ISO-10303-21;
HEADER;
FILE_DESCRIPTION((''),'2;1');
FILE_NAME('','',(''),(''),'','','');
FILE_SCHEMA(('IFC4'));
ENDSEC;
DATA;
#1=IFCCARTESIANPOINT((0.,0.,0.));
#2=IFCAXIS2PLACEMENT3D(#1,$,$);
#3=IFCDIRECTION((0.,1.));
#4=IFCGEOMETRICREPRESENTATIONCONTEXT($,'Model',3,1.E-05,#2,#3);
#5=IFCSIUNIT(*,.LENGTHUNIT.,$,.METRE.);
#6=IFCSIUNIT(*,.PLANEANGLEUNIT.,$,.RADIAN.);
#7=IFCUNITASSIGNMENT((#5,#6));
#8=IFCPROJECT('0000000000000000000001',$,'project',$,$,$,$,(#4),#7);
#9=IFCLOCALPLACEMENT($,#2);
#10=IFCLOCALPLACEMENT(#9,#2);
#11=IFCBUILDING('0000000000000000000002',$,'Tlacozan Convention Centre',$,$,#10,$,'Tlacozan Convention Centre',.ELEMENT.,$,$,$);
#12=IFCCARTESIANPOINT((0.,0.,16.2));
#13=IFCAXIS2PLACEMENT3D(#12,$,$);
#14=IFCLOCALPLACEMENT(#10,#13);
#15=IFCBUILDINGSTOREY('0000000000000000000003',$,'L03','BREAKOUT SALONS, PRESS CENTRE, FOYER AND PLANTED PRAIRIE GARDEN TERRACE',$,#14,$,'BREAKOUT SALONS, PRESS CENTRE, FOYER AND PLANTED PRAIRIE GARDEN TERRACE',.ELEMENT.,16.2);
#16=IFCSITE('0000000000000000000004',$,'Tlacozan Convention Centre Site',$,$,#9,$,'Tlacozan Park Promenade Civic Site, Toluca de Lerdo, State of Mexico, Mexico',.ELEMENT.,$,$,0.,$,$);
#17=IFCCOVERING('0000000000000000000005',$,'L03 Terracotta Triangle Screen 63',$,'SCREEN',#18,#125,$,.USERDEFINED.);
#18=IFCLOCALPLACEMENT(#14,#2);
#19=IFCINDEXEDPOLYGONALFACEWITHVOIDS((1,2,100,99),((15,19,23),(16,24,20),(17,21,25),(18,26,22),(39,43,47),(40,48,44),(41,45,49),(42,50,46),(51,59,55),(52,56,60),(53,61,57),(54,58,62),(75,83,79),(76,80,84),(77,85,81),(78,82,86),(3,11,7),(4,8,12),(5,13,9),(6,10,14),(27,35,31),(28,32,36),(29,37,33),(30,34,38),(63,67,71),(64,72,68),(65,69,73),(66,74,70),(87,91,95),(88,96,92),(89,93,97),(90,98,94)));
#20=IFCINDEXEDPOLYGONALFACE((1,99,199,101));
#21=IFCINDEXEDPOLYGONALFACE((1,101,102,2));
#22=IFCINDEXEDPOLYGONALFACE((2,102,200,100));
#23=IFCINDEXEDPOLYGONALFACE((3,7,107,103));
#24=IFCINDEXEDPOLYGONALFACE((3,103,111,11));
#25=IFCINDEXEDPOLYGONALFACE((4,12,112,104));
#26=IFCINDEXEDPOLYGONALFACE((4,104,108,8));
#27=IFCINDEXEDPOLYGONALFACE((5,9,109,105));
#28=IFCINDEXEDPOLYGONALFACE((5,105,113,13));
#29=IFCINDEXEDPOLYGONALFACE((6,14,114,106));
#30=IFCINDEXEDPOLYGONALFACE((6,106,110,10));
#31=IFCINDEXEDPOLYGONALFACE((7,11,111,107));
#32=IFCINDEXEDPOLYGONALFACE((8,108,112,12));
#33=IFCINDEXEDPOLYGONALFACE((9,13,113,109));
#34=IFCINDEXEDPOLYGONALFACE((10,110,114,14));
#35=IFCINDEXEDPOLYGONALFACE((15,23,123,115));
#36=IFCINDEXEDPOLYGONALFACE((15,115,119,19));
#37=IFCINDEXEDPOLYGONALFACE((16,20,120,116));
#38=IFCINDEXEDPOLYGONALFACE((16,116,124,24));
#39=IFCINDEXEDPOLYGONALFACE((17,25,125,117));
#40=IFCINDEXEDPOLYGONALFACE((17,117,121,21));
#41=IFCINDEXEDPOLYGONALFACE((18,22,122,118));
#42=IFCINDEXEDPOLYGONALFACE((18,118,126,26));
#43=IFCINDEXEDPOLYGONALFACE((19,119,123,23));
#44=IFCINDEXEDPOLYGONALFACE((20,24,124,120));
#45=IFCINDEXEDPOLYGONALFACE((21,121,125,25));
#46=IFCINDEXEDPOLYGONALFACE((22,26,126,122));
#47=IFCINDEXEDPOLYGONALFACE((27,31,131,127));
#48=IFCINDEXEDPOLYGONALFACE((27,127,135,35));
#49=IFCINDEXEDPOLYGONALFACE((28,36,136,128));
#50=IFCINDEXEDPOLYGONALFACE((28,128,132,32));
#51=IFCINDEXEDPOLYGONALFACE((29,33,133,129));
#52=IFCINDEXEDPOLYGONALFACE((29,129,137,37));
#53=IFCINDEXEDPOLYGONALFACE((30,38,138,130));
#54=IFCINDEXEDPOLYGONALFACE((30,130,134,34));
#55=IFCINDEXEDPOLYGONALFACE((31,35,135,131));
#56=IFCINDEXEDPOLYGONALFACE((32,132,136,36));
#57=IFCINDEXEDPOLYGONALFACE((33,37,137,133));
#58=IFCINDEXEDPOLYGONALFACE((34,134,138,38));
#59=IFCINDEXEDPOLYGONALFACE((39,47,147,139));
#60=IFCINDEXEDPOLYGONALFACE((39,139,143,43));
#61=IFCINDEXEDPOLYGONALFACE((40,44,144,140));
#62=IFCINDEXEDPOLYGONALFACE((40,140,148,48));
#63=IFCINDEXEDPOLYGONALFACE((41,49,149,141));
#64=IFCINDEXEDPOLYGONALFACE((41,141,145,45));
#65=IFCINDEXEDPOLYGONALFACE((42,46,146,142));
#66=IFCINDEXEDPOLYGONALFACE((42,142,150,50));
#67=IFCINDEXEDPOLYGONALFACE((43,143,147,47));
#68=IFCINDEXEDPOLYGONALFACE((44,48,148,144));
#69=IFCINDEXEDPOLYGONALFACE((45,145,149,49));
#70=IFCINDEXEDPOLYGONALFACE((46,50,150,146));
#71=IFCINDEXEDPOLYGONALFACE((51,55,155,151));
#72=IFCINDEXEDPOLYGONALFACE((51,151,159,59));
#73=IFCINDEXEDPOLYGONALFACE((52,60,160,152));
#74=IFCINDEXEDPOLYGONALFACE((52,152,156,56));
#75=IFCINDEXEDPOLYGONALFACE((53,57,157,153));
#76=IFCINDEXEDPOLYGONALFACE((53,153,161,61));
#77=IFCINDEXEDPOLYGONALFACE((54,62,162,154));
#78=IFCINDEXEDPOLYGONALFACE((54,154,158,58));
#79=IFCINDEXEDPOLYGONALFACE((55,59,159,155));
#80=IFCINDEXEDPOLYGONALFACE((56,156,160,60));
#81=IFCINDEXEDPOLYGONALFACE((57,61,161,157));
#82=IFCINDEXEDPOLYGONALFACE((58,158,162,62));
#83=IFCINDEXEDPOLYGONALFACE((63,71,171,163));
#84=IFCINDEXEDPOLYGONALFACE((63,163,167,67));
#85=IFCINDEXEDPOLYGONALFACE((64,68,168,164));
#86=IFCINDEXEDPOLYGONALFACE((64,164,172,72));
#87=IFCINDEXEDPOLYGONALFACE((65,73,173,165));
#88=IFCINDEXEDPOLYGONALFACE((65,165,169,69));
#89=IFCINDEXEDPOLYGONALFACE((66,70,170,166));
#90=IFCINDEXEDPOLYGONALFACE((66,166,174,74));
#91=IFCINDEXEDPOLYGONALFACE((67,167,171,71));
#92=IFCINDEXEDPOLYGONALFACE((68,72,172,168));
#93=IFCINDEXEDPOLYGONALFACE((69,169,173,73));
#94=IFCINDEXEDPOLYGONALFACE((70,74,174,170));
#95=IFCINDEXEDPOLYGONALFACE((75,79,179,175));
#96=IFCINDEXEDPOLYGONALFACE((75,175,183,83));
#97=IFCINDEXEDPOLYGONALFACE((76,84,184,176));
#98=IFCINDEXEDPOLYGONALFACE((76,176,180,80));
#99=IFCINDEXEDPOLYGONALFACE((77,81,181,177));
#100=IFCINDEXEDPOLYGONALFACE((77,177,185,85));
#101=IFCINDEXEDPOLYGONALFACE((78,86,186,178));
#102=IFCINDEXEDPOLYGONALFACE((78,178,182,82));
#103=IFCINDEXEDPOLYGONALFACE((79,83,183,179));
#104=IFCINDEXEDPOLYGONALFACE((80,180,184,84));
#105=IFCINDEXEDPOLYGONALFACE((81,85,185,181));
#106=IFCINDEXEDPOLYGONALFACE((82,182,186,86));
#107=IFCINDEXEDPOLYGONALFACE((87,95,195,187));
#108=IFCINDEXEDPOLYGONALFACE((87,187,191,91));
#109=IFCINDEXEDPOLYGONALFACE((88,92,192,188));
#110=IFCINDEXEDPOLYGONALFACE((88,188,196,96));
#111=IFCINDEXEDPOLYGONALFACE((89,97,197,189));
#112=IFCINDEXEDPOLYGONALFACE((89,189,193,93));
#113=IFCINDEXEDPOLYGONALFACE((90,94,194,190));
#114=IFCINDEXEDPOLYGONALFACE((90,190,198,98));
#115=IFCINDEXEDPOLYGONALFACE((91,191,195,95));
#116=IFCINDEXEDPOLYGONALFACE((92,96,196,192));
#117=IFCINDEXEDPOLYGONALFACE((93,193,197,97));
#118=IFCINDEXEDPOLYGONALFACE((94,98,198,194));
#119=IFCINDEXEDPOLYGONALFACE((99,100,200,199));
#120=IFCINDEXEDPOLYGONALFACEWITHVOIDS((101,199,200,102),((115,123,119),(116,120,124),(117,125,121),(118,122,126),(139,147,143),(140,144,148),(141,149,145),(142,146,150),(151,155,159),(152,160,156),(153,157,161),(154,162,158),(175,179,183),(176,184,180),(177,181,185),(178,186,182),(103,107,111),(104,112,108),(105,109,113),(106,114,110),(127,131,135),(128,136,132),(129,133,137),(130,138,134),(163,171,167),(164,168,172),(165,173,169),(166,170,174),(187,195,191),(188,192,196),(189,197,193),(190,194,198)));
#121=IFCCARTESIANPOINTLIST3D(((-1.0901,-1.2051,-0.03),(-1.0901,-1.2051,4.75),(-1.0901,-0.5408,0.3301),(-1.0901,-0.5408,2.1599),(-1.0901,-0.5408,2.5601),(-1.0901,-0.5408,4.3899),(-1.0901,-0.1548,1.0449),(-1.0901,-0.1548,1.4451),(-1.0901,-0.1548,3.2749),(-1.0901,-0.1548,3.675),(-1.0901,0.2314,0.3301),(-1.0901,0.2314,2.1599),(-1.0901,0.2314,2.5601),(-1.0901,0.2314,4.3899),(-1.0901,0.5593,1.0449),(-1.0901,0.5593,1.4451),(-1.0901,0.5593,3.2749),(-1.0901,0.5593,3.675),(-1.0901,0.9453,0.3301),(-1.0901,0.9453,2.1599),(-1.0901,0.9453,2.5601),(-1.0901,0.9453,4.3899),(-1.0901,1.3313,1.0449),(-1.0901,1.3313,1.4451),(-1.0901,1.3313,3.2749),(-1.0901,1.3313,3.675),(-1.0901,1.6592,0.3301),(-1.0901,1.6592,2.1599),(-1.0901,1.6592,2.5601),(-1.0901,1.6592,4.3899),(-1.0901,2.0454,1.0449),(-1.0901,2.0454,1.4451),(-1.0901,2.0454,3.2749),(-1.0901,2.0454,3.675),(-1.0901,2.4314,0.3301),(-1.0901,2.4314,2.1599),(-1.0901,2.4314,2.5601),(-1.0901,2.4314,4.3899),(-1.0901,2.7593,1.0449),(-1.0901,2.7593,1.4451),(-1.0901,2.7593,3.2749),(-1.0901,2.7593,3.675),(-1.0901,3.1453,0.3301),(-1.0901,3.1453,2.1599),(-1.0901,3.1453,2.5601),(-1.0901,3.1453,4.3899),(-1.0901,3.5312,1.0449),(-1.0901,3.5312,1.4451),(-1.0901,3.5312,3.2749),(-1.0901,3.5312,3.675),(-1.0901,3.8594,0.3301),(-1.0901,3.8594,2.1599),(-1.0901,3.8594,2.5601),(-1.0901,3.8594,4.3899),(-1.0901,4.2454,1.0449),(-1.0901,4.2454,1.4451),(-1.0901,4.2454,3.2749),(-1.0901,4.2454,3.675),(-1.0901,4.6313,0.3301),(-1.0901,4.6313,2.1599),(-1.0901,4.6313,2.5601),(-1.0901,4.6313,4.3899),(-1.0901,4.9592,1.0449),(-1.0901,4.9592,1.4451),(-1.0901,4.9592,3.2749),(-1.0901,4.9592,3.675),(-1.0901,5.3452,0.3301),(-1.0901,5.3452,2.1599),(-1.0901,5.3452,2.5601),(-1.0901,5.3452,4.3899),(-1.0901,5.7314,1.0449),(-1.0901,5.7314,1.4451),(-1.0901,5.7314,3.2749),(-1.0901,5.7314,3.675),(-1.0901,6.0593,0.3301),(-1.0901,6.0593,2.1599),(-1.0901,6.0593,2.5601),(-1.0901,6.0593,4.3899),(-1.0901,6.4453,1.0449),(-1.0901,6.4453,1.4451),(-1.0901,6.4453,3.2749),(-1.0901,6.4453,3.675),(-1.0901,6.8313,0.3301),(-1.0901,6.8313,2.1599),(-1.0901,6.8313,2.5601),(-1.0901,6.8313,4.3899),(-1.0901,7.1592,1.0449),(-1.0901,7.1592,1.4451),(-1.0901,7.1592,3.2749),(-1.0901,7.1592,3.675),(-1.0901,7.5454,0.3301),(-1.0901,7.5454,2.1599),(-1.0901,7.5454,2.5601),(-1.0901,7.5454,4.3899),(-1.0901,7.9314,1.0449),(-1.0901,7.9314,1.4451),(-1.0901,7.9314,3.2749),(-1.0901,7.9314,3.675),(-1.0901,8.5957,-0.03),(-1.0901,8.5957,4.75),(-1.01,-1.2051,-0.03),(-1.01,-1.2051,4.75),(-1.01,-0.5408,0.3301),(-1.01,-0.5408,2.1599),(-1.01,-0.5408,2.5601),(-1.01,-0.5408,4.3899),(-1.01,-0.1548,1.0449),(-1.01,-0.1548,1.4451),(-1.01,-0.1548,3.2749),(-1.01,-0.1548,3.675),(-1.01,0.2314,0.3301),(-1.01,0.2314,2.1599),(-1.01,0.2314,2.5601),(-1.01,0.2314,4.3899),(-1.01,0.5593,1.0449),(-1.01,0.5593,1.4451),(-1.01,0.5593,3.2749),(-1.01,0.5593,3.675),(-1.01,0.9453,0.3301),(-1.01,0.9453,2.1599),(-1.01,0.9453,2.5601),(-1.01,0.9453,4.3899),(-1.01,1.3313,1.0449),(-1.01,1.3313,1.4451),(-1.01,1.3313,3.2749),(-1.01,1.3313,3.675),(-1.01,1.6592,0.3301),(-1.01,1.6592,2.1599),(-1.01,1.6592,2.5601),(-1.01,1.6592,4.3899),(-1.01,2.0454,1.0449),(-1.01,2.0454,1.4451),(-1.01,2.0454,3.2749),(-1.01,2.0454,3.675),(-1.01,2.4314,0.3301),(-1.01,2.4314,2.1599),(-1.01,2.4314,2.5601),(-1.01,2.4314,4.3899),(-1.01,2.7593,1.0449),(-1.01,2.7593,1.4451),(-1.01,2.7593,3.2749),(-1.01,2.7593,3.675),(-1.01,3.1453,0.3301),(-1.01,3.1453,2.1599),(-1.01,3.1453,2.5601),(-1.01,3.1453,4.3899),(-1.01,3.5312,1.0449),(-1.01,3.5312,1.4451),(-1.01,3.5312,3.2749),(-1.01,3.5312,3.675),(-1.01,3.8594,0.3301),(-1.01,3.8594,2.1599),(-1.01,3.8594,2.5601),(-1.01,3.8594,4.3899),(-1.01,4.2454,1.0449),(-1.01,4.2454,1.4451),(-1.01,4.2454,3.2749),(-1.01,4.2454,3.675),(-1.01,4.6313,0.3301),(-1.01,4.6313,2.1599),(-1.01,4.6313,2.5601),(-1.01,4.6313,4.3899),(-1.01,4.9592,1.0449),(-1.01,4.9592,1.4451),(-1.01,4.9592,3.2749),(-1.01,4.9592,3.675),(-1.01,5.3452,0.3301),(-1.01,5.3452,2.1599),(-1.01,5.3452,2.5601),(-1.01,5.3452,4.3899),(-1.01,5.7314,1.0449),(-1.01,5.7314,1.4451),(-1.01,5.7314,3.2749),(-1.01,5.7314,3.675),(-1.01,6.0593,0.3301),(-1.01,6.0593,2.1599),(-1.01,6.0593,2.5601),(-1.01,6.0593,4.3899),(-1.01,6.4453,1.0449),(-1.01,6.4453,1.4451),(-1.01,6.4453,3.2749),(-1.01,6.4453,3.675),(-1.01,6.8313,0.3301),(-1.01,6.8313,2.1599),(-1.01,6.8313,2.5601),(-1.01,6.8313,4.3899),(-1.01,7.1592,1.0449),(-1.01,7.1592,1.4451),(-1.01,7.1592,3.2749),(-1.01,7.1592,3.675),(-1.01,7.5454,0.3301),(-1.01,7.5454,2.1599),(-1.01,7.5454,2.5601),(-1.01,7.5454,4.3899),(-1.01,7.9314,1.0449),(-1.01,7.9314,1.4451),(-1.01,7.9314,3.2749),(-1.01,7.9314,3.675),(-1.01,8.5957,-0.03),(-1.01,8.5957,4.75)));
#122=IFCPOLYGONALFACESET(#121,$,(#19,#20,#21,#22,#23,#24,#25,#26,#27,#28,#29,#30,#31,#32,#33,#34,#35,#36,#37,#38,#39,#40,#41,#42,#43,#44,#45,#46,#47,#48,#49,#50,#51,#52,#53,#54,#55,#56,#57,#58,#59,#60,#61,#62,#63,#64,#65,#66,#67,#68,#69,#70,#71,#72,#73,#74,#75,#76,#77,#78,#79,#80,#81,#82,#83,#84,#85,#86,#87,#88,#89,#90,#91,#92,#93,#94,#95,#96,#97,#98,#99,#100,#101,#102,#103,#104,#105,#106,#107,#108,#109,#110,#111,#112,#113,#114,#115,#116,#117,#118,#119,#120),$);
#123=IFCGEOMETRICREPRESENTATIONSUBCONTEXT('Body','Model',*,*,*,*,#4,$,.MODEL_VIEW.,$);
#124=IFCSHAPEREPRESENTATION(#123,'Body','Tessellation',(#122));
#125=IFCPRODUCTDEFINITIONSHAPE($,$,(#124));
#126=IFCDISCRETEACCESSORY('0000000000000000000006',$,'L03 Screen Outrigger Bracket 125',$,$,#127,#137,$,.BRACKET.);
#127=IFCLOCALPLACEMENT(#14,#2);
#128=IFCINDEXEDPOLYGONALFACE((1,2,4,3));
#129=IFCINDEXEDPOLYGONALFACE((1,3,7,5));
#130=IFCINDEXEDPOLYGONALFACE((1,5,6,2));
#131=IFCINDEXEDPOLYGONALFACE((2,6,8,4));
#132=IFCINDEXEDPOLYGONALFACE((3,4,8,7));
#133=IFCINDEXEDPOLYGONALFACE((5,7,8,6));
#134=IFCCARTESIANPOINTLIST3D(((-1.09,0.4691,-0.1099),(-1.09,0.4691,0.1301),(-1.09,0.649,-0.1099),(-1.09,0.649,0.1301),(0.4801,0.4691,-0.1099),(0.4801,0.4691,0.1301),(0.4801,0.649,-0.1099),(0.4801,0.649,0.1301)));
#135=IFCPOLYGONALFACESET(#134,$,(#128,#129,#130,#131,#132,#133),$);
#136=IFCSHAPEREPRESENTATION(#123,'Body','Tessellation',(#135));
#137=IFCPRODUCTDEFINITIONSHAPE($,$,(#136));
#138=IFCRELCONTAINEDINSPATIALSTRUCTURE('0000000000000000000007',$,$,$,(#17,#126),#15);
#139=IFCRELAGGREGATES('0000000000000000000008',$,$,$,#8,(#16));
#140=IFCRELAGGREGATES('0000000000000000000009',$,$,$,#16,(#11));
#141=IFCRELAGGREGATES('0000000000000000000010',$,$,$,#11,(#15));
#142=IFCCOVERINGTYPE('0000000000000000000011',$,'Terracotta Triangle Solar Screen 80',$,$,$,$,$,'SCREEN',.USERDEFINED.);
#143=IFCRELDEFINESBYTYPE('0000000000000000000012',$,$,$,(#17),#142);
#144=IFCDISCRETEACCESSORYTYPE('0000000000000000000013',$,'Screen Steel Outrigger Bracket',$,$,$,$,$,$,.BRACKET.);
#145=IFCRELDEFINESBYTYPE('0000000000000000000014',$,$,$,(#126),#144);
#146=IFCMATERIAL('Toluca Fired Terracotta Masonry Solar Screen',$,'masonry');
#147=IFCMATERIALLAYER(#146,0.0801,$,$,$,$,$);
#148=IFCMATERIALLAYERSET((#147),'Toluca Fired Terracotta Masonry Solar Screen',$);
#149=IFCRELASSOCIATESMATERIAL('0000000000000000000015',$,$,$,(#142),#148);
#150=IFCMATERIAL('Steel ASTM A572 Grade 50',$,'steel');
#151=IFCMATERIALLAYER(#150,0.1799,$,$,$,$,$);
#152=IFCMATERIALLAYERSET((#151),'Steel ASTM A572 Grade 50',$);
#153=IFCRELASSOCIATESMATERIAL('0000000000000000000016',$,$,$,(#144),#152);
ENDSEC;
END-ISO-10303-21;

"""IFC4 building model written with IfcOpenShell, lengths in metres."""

from ifc_helpers import new_model, si_unit, direction, frame, origin, origin_2d, place, context, subcontext, project, spatial, polyline, rectangle, outline, extrude, material, layer, layer_set, type_object, element, save


model = new_model("IFC4")

# Units and contexts
model_context = context("Model", 3, precision=1e-05, world=origin(), true_north=direction((0.0, 1.0)))
body_context = subcontext(model_context, "Body", "Model", "MODEL_VIEW")
ifc_project = project(units=[si_unit("LENGTHUNIT", "METRE"), si_unit("PLANEANGLEUNIT", "RADIAN")], contexts=[model_context])

# Site, building, storey
site_placement = place(None, origin())
site = spatial("IfcSite", under=ifc_project, at=site_placement, Name="Tlacozan Convention Centre Site", LongName="Tlacozan Park Promenade Civic Site, Toluca de Lerdo, State of Mexico, Mexico", CompositionType="ELEMENT", RefElevation=0.0)
building_placement = place(site_placement, origin())
building = spatial("IfcBuilding", under=site, at=building_placement, Name="Tlacozan Convention Centre", LongName="Tlacozan Convention Centre", CompositionType="ELEMENT")
storey_placement = place(building_placement, frame((0.0, 0.0, 16.2)))
storey = spatial("IfcBuildingStorey", under=building, at=storey_placement, Name="L03", Description="BREAKOUT SALONS, PRESS CENTRE, FOYER AND PLANTED PRAIRIE GARDEN TERRACE", LongName="BREAKOUT SALONS, PRESS CENTRE, FOYER AND PLANTED PRAIRIE GARDEN TERRACE", CompositionType="ELEMENT", Elevation=16.2)

# Covering
ifc_material_1 = material(Name="Toluca Fired Terracotta Masonry Solar Screen", Category="masonry")
ifc_layer_1 = layer(ifc_material_1, 0.0801)
ifc_layer_set_1 = layer_set([ifc_layer_1], Name="Toluca Fired Terracotta Masonry Solar Screen")
covering_type_1 = type_object("IfcCoveringType", Name="Terracotta Triangle Solar Screen 80", ElementType="SCREEN", PredefinedType="USERDEFINED", material=ifc_layer_set_1)
covering_1_placement = place(storey_placement, frame((-1.05, -1.2051, -0.03), z_axis=(0.0, 0.0, 1.0), x_axis=(0.0, 1.0, 0.0)))
element("IfcCovering", 1, at=covering_1_placement, inside=storey, type_object=covering_type_1, Name="L03 Terracotta Triangle Screen 63", ObjectType="SCREEN", PredefinedType="USERDEFINED", context=body_context, shape_type="SweptSolid", body=[
    extrude(outline(polyline([(0.0, 0.0), (9.8008, 0.0), (9.8008, 4.78), (0.0, 4.78), (0.0, 0.0)]), holes=[polyline([(0.6643, 0.3601), (1.4365, 0.3601), (1.0503, 1.075), (0.6643, 0.3601)]), polyline([(1.7644, 1.075), (2.5364, 1.075), (2.1504, 0.3601), (1.7644, 1.075)]), polyline([(2.8643, 0.3601), (3.6365, 0.3601), (3.2505, 1.075), (2.8643, 0.3601)]), polyline([(3.9644, 1.075), (4.7363, 1.075), (4.3503, 0.3601), (3.9644, 1.075)]), polyline([(5.0645, 0.3601), (5.8364, 0.3601), (5.4504, 1.075), (5.0645, 0.3601)]), polyline([(6.1643, 1.075), (6.9365, 1.075), (6.5503, 0.3601), (6.1643, 1.075)]), polyline([(7.2644, 0.3601), (8.0364, 0.3601), (7.6504, 1.075), (7.2644, 0.3601)]), polyline([(8.3643, 1.075), (9.1365, 1.075), (8.7505, 0.3601), (8.3643, 1.075)]), polyline([(0.6643, 2.1899), (1.4365, 2.1899), (1.0503, 1.4751), (0.6643, 2.1899)]), polyline([(1.7644, 1.4751), (2.5364, 1.4751), (2.1504, 2.1899), (1.7644, 1.4751)]), polyline([(2.8643, 2.1899), (3.6365, 2.1899), (3.2505, 1.4751), (2.8643, 2.1899)]), polyline([(3.9644, 1.4751), (4.7363, 1.4751), (4.3503, 2.1899), (3.9644, 1.4751)]), polyline([(5.0645, 2.1899), (5.8364, 2.1899), (5.4504, 1.4751), (5.0645, 2.1899)]), polyline([(6.1643, 1.4751), (6.9365, 1.4751), (6.5503, 2.1899), (6.1643, 1.4751)]), polyline([(7.2644, 2.1899), (8.0364, 2.1899), (7.6504, 1.4751), (7.2644, 2.1899)]), polyline([(8.3643, 1.4751), (9.1365, 1.4751), (8.7505, 2.1899), (8.3643, 1.4751)]), polyline([(0.6643, 2.5901), (1.4365, 2.5901), (1.0503, 3.3049), (0.6643, 2.5901)]), polyline([(1.7644, 3.3049), (2.5364, 3.3049), (2.1504, 2.5901), (1.7644, 3.3049)]), polyline([(2.8643, 2.5901), (3.6365, 2.5901), (3.2505, 3.3049), (2.8643, 2.5901)]), polyline([(3.9644, 3.3049), (4.7363, 3.3049), (4.3503, 2.5901), (3.9644, 3.3049)]), polyline([(5.0645, 2.5901), (5.8364, 2.5901), (5.4504, 3.3049), (5.0645, 2.5901)]), polyline([(6.1643, 3.3049), (6.9365, 3.3049), (6.5503, 2.5901), (6.1643, 3.3049)]), polyline([(7.2644, 2.5901), (8.0364, 2.5901), (7.6504, 3.3049), (7.2644, 2.5901)]), polyline([(8.3643, 3.3049), (9.1365, 3.3049), (8.7505, 2.5901), (8.3643, 3.3049)]), polyline([(0.6643, 4.4199), (1.4365, 4.4199), (1.0503, 3.7051), (0.6643, 4.4199)]), polyline([(1.7644, 3.7051), (2.5364, 3.7051), (2.1504, 4.4199), (1.7644, 3.7051)]), polyline([(2.8643, 4.4199), (3.6365, 4.4199), (3.2505, 3.7051), (2.8643, 4.4199)]), polyline([(3.9644, 3.7051), (4.7363, 3.7051), (4.3503, 4.4199), (3.9644, 3.7051)]), polyline([(5.0645, 4.4199), (5.8364, 4.4199), (5.4504, 3.7051), (5.0645, 4.4199)]), polyline([(6.1643, 3.7051), (6.9365, 3.7051), (6.5503, 4.4199), (6.1643, 3.7051)]), polyline([(7.2644, 4.4199), (8.0364, 4.4199), (7.6504, 3.7051), (7.2644, 4.4199)]), polyline([(8.3643, 3.7051), (9.1365, 3.7051), (8.7505, 4.4199), (8.3643, 3.7051)])]), frame((0.0, 0.04, 0.0), z_axis=(0.0, -1.0, 0.0), x_axis=(1.0, 0.0, 0.0)), (0.0, 0.0, 1.0), 0.0801),
])

# Discrete accessory
ifc_material_2 = material(Name="Steel ASTM A572 Grade 50", Category="steel")
ifc_layer_2 = layer(ifc_material_2, 0.1799)
ifc_layer_set_2 = layer_set([ifc_layer_2], Name="Steel ASTM A572 Grade 50")
discrete_accessory_type = type_object("IfcDiscreteAccessoryType", Name="Screen Steel Outrigger Bracket", PredefinedType="BRACKET", material=ifc_layer_set_2)
discrete_accessory_placement = place(storey_placement, frame((-0.3049, 0.5591, -0.1099), z_axis=(0.0, 0.0, 1.0), x_axis=(1.0, 0.0, 0.0)))
element("IfcDiscreteAccessory", 2, at=discrete_accessory_placement, inside=storey, type_object=discrete_accessory_type, Name="L03 Screen Outrigger Bracket 125", PredefinedType="BRACKET", context=body_context, shape_type="SweptSolid", body=[
    extrude(rectangle(XDim=1.5701, YDim=0.1799, at=origin_2d()), origin(), (0.0, 0.0, 1.0), 0.24),
])

save(model, "model.ifc")
